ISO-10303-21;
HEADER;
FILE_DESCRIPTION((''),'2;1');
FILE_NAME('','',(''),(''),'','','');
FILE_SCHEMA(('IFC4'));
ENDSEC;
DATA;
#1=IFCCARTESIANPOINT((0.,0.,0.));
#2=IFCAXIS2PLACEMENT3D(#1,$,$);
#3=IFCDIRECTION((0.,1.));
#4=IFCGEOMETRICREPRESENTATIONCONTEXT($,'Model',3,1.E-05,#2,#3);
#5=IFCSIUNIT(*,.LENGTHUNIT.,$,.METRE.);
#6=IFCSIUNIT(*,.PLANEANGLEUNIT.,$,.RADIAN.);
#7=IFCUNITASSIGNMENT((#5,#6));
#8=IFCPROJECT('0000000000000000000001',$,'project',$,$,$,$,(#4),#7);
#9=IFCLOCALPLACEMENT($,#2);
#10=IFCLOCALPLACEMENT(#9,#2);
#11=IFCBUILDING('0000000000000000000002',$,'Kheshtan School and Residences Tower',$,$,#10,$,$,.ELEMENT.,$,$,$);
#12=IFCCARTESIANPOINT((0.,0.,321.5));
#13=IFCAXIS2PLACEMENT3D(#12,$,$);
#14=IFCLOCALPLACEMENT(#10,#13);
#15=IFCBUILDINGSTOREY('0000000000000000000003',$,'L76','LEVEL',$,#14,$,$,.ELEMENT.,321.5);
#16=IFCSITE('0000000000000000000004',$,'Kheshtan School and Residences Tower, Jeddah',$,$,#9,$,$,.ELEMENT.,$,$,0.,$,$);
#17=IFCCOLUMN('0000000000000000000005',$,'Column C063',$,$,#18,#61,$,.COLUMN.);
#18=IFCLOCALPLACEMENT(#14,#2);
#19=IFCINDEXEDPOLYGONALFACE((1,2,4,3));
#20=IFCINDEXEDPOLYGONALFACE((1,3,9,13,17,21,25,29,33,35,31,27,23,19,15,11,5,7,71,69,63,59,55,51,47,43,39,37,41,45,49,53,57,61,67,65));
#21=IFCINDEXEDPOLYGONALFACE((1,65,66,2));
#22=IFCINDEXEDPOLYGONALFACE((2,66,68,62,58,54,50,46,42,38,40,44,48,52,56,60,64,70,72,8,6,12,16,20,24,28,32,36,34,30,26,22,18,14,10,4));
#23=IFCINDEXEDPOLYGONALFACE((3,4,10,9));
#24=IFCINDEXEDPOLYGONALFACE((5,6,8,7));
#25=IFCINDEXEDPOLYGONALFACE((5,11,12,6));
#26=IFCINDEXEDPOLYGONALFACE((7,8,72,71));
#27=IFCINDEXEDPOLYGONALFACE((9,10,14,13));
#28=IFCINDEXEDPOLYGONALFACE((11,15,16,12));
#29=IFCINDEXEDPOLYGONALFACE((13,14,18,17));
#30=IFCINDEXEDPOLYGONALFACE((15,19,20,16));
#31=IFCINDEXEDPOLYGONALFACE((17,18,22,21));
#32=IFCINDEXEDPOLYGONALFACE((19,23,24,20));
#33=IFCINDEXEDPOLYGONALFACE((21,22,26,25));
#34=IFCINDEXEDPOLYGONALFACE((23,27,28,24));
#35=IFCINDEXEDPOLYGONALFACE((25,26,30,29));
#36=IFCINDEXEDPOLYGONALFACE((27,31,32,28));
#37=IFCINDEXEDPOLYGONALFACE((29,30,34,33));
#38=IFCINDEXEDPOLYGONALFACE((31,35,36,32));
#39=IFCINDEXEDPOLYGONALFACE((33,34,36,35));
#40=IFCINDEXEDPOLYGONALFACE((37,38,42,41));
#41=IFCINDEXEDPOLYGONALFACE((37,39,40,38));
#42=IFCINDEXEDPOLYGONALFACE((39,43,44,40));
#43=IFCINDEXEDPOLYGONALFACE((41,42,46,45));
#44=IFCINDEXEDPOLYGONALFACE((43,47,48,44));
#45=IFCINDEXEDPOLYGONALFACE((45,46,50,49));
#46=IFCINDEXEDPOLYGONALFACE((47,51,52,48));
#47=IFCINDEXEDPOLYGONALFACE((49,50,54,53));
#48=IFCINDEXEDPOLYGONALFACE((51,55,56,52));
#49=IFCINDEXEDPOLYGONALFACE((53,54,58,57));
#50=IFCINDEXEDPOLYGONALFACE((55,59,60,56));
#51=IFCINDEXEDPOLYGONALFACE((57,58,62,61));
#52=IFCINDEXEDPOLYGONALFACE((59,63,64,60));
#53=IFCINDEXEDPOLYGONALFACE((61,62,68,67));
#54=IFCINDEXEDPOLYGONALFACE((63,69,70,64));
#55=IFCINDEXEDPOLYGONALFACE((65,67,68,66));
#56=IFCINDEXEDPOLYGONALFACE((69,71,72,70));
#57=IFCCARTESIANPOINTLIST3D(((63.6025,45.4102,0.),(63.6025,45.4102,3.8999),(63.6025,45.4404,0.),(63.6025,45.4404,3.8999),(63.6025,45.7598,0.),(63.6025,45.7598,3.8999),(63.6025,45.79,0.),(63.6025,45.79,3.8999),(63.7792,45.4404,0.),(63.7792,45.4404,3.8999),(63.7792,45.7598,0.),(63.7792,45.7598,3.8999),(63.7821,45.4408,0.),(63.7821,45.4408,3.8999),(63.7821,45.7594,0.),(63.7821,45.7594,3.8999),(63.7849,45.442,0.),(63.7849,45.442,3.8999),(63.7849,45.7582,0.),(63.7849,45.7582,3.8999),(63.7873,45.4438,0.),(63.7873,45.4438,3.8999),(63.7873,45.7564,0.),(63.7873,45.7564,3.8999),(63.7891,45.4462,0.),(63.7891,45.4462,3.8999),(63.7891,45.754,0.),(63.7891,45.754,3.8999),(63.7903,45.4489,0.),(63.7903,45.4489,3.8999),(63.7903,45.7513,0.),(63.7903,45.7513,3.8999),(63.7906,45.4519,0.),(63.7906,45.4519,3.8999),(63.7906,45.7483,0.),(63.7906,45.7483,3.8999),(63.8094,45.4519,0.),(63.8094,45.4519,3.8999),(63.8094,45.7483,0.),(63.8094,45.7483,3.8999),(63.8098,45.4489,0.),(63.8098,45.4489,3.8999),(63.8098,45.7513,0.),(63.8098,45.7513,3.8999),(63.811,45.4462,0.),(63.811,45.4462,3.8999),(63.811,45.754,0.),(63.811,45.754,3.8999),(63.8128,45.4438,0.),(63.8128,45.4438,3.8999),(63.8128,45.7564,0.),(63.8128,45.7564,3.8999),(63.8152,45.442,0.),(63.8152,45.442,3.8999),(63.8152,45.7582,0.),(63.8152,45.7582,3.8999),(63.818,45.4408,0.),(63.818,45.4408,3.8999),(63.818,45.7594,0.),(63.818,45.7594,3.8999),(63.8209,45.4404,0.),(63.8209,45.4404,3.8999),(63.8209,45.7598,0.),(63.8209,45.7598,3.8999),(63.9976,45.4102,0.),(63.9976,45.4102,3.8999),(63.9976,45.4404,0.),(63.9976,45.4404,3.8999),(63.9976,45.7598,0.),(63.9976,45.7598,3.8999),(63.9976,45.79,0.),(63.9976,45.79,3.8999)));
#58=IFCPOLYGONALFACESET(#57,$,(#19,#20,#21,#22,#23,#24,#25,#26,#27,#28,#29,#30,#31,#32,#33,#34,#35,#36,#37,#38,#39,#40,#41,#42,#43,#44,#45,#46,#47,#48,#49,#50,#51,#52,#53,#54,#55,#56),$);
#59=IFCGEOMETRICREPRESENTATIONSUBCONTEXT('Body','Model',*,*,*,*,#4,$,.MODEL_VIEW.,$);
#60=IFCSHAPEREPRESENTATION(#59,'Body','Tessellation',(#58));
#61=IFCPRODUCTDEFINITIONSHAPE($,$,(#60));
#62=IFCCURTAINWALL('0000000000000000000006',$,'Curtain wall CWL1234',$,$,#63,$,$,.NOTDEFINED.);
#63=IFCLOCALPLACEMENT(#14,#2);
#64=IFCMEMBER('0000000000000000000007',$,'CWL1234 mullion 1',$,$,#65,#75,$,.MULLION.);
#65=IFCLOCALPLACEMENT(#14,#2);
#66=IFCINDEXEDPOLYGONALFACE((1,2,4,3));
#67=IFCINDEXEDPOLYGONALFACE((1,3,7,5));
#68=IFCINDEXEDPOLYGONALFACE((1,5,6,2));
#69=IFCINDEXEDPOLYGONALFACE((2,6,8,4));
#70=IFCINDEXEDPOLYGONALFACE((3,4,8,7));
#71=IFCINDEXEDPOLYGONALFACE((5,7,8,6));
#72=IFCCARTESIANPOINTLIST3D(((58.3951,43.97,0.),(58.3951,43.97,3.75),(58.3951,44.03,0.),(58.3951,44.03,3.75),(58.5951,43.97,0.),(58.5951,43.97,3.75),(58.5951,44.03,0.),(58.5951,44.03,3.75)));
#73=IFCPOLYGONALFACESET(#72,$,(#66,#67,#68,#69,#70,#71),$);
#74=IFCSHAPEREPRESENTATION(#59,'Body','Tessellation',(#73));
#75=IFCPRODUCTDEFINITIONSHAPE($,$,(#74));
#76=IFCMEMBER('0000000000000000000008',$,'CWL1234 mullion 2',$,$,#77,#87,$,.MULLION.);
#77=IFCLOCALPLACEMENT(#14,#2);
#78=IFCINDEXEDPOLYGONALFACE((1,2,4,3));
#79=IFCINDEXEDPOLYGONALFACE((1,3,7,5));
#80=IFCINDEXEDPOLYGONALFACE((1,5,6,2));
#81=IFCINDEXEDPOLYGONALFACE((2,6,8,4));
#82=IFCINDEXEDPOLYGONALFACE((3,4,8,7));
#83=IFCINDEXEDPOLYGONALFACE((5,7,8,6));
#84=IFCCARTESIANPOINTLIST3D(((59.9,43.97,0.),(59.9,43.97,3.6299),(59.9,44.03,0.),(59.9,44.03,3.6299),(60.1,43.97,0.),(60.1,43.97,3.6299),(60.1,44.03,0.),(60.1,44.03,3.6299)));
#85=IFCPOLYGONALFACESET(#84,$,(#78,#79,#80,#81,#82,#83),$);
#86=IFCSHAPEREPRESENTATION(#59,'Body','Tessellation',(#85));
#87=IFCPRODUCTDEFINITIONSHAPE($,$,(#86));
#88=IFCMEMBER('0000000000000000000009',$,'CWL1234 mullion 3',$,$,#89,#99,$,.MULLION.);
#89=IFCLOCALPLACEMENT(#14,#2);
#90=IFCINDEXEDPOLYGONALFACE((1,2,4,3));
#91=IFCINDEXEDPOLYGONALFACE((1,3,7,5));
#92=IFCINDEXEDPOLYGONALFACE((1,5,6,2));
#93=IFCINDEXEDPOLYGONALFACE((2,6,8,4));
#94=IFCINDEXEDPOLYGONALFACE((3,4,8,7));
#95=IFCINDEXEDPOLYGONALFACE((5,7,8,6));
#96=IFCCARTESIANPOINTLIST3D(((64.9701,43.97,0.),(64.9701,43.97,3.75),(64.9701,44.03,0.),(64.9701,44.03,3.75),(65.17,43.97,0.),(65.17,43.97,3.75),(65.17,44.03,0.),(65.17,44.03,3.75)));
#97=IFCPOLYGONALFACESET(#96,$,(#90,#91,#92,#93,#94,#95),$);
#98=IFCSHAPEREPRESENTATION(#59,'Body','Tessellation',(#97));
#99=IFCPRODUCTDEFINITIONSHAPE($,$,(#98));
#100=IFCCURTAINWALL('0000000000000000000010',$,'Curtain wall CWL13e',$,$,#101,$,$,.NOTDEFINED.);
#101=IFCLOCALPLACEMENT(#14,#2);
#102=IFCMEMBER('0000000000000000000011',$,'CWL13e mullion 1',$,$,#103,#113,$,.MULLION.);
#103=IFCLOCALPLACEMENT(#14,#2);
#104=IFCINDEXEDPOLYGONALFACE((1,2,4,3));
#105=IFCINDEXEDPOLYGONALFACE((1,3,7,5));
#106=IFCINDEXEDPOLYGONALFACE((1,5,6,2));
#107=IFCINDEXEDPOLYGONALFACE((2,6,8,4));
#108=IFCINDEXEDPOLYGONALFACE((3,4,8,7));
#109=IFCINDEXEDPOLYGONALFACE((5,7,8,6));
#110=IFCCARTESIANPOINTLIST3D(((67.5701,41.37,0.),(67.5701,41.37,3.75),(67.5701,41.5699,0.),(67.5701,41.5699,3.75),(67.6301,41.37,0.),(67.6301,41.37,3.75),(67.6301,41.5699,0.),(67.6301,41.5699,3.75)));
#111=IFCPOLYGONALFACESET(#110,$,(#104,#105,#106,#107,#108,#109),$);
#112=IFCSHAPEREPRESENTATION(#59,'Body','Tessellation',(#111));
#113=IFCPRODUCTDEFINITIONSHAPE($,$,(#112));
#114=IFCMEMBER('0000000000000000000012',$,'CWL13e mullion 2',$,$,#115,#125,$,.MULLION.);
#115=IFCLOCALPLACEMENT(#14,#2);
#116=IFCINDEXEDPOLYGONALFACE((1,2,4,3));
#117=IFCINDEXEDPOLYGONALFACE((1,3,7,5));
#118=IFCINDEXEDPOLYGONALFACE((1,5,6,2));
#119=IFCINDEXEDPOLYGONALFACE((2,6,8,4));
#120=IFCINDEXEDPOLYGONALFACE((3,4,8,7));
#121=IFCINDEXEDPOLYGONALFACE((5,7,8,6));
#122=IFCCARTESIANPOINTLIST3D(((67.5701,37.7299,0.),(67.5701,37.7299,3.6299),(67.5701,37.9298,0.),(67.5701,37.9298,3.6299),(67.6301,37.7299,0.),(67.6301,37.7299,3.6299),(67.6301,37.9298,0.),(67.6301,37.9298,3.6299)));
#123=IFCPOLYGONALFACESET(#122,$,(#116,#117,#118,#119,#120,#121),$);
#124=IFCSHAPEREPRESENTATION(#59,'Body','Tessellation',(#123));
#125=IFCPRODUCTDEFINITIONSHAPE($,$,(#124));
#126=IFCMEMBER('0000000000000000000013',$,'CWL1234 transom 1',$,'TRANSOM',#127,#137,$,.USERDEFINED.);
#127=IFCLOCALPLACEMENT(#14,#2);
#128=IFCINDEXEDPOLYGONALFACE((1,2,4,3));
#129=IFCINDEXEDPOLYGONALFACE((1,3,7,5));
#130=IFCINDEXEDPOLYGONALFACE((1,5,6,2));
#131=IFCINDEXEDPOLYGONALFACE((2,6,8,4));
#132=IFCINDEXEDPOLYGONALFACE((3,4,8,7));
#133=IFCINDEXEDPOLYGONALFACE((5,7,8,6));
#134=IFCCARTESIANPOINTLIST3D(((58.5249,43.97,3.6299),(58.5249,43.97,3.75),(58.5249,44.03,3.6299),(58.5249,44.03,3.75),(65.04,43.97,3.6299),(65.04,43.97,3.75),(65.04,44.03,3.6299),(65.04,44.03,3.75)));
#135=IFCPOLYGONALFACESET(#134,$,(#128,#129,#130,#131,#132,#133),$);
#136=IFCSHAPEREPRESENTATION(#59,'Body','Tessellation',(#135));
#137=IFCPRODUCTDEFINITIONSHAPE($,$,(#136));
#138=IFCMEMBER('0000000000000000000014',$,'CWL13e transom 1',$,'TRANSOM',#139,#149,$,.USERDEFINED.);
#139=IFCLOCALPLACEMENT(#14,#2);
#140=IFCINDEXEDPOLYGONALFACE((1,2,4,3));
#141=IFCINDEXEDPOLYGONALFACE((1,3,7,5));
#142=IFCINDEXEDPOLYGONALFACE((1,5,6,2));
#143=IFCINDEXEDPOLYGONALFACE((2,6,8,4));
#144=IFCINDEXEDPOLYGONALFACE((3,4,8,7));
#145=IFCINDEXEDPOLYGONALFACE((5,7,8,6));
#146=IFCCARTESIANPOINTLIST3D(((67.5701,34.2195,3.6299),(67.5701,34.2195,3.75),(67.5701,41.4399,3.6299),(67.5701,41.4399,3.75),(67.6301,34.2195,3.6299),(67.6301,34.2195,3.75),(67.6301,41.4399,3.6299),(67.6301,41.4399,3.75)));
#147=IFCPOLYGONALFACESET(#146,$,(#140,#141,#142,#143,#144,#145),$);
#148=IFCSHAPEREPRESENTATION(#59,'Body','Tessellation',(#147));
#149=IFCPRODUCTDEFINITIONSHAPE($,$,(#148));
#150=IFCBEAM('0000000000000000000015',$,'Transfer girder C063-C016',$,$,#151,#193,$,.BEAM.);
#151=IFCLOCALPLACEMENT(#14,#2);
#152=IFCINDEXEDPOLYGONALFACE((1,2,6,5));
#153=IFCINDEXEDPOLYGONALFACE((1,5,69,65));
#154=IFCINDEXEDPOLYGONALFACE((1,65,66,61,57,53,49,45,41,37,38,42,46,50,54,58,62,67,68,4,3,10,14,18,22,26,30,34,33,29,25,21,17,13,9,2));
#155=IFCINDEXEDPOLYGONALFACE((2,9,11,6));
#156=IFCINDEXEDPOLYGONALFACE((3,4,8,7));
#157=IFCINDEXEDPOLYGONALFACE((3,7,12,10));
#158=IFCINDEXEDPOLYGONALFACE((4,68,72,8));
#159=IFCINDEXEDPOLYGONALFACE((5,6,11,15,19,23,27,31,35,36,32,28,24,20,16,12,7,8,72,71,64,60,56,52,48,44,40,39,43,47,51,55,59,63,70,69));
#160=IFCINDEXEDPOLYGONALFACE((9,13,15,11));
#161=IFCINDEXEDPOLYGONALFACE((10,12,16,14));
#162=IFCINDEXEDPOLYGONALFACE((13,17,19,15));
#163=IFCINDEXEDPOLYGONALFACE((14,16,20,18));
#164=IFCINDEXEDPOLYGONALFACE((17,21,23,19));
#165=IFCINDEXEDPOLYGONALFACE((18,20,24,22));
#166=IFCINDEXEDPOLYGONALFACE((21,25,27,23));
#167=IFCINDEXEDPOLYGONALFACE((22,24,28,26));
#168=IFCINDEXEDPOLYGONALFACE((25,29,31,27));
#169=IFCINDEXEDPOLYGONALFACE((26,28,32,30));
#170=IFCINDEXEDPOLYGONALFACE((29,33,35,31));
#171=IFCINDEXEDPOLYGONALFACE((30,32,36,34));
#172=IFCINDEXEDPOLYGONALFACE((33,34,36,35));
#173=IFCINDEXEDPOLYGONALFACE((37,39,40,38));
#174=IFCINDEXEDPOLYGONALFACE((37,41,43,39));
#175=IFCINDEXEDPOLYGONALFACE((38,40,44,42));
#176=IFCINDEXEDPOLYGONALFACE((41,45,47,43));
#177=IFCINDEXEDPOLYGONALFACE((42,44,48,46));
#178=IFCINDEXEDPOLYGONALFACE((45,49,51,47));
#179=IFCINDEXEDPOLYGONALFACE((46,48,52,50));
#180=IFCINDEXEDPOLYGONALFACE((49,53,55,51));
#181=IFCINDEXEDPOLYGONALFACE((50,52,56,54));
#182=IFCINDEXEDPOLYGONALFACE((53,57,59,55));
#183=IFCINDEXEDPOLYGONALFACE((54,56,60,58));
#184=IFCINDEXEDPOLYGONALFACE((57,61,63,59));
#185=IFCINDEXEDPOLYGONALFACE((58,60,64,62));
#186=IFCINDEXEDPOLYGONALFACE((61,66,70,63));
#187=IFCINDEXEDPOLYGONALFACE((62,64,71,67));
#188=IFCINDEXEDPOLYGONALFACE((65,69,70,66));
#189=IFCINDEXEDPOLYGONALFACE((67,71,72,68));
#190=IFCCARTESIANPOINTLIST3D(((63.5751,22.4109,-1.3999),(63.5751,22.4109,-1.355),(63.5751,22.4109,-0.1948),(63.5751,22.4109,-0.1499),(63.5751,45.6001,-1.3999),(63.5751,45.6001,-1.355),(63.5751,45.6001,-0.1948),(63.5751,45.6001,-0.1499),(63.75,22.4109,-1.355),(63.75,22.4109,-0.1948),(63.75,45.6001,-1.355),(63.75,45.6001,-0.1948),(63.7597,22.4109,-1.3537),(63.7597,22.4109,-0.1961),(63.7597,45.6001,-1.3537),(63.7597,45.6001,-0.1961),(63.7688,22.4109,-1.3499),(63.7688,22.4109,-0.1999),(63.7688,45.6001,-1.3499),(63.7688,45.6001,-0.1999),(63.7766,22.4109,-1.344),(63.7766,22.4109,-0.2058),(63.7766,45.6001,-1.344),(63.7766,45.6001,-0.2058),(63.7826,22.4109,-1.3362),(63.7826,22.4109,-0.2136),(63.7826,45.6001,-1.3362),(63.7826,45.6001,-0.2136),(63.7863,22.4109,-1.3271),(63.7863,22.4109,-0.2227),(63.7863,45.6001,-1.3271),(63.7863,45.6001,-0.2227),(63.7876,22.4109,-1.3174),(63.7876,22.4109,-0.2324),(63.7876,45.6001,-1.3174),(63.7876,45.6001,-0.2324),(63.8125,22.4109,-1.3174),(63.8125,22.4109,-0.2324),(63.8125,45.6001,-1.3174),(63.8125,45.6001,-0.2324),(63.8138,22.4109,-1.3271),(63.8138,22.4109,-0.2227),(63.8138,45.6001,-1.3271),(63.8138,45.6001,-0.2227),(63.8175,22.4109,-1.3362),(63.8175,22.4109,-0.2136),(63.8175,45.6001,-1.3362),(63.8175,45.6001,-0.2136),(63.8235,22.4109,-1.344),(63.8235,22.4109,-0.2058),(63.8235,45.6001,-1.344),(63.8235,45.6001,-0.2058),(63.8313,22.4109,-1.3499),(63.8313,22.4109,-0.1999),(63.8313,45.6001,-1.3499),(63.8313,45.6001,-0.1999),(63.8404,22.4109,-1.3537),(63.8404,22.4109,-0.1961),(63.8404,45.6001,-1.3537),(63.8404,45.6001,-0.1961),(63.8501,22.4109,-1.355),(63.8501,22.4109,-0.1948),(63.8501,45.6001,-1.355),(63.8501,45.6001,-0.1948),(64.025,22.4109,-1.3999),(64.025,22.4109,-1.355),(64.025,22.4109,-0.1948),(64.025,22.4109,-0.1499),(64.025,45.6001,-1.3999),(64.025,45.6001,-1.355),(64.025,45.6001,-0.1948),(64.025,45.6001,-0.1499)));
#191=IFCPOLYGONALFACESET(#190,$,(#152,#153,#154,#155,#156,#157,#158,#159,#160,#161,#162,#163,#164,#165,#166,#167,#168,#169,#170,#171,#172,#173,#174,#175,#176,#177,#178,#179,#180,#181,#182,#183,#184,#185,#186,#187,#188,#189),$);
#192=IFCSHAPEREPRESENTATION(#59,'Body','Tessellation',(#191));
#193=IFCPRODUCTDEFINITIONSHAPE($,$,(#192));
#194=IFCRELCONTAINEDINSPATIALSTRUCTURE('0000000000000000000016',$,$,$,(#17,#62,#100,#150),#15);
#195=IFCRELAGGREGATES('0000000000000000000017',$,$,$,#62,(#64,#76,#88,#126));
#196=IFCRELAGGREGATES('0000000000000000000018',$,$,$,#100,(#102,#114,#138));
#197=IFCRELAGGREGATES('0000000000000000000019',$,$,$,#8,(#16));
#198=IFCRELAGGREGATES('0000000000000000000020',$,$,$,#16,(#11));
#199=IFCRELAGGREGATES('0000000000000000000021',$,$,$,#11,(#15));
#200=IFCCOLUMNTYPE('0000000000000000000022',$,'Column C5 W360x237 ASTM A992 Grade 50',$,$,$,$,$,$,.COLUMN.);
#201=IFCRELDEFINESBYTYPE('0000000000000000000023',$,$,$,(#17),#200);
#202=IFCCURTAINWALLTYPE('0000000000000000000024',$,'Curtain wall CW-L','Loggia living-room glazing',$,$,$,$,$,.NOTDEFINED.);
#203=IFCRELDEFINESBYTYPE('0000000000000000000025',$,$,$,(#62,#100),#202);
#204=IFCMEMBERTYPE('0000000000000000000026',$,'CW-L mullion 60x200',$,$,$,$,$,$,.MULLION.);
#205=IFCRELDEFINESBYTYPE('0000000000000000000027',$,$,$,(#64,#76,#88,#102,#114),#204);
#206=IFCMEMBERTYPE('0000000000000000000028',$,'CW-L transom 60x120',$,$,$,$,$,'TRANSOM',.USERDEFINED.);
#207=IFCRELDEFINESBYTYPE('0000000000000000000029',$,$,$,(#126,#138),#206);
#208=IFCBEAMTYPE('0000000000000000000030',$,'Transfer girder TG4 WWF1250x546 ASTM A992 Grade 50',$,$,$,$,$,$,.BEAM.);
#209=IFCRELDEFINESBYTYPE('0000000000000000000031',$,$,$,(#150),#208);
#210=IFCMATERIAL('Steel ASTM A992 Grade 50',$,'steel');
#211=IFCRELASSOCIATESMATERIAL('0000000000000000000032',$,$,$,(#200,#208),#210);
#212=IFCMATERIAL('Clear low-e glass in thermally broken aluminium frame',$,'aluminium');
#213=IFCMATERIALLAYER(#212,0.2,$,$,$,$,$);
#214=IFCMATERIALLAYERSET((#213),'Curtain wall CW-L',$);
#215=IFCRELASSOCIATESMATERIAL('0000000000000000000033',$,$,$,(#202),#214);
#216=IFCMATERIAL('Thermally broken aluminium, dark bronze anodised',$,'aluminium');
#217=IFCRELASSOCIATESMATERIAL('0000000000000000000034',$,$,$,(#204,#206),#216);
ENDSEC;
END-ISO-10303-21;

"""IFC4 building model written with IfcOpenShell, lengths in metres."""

from ifc_helpers import new_model, si_unit, direction, frame, origin, origin_2d, place, context, subcontext, project, spatial, rectangle, i_section, extrude, material, layer, layer_set, material_profile, profile_set, type_object, element, aggregate, save


model = new_model("IFC4")

# Units and contexts
model_context = context("Model", 3, precision=1e-05, world=origin(), true_north=direction((0.0, 1.0)))
body_context = subcontext(model_context, "Body", "Model", "MODEL_VIEW")
ifc_project = project(units=[si_unit("LENGTHUNIT", "METRE"), si_unit("PLANEANGLEUNIT", "RADIAN")], contexts=[model_context])

# Site, building, storey
site_placement = place(None, origin())
site = spatial("IfcSite", under=ifc_project, at=site_placement, Name="Kheshtan School and Residences Tower, Jeddah", CompositionType="ELEMENT", RefElevation=0.0)
building_placement = place(site_placement, origin())
building = spatial("IfcBuilding", under=site, at=building_placement, Name="Kheshtan School and Residences Tower", CompositionType="ELEMENT")
storey_placement = place(building_placement, frame((0.0, 0.0, 321.5)))
storey = spatial("IfcBuildingStorey", under=building, at=storey_placement, Name="L76", Description="LEVEL", CompositionType="ELEMENT", Elevation=321.5)

# Column
ifc_material_1 = material(Name="Steel ASTM A992 Grade 50", Category="steel")
ifc_material_profile_1 = material_profile(ifc_material_1, i_section(OverallWidth=0.395, OverallDepth=0.3799, WebThickness=0.0188, FlangeThickness=0.0303, FilletRadius=0.0115, at=origin_2d()), Name="W360x237")
ifc_profile_set_1 = profile_set([ifc_material_profile_1], Name="Steel ASTM A992 Grade 50")
column_type = type_object("IfcColumnType", Name="Column C5 W360x237 ASTM A992 Grade 50", PredefinedType="COLUMN", material=ifc_profile_set_1)
column_placement = place(storey_placement, frame((63.8, 45.6001, 0.0), z_axis=(0.0, 0.0, 1.0), x_axis=(1.0, 0.0, 0.0)))
element("IfcColumn", 1, at=column_placement, inside=storey, type_object=column_type, Name="Column C063", PredefinedType="COLUMN", context=body_context, shape_type="SweptSolid", body=[
    extrude(i_section(OverallWidth=0.395, OverallDepth=0.3799, WebThickness=0.0188, FlangeThickness=0.0303, FilletRadius=0.0115, at=origin_2d()), origin(), (0.0, 0.0, 1.0), 3.8999),
])

# Curtain walls, members
ifc_material_2 = material(Name="Clear low-e glass in thermally broken aluminium frame", Category="aluminium")
ifc_layer_1 = layer(ifc_material_2, 0.2)
ifc_layer_set_1 = layer_set([ifc_layer_1], Name="Curtain wall CW-L")
curtain_wall_type = type_object("IfcCurtainWallType", Name="Curtain wall CW-L", Description="Loggia living-room glazing", PredefinedType="NOTDEFINED", material=ifc_layer_set_1)
curtain_wall_1_placement = place(storey_placement, origin())
curtain_wall_1 = element("IfcCurtainWall", 2, at=curtain_wall_1_placement, inside=storey, type_object=curtain_wall_type, Name="Curtain wall CWL1234", PredefinedType="NOTDEFINED")
ifc_material_3 = material(Name="Thermally broken aluminium, dark bronze anodised", Category="aluminium")
ifc_material_profile_2 = material_profile(ifc_material_3, rectangle(XDim=0.0601, YDim=0.2, at=origin_2d()), Name="CW-L mullion 60x200")
ifc_profile_set_2 = profile_set([ifc_material_profile_2], Name="Thermally broken aluminium, dark bronze anodised")
member_type_1 = type_object("IfcMemberType", Name="CW-L mullion 60x200", PredefinedType="MULLION", material=ifc_profile_set_2)
member_1_placement = place(storey_placement, frame((58.4951, 44.0, 0.0), z_axis=(0.0, 0.0, 1.0), x_axis=(0.0, 1.0, 0.0)))
member_1 = element("IfcMember", 3, at=member_1_placement, type_object=member_type_1, Name="CWL1234 mullion 1", PredefinedType="MULLION", context=body_context, shape_type="SweptSolid", body=[
    extrude(rectangle(XDim=0.0601, YDim=0.2, at=origin_2d()), origin(), (0.0, 0.0, 1.0), 3.75),
])
member_2_placement = place(storey_placement, frame((60.0, 44.0, 0.0), z_axis=(0.0, 0.0, 1.0), x_axis=(0.0, 1.0, 0.0)))
member_2 = element("IfcMember", 4, at=member_2_placement, type_object=member_type_1, Name="CWL1234 mullion 2", PredefinedType="MULLION", context=body_context, shape_type="SweptSolid", body=[
    extrude(rectangle(XDim=0.0601, YDim=0.2, at=origin_2d()), origin(), (0.0, 0.0, 1.0), 3.6299),
])
member_3_placement = place(storey_placement, frame((65.0701, 44.0, 0.0), z_axis=(0.0, 0.0, 1.0), x_axis=(0.0, 1.0, 0.0)))
member_3 = element("IfcMember", 5, at=member_3_placement, type_object=member_type_1, Name="CWL1234 mullion 3", PredefinedType="MULLION", context=body_context, shape_type="SweptSolid", body=[
    extrude(rectangle(XDim=0.0601, YDim=0.2, at=origin_2d()), origin(), (0.0, 0.0, 1.0), 3.75),
])
curtain_wall_2_placement = place(storey_placement, origin())
curtain_wall_2 = element("IfcCurtainWall", 6, at=curtain_wall_2_placement, inside=storey, type_object=curtain_wall_type, Name="Curtain wall CWL13e", PredefinedType="NOTDEFINED")
member_4_placement = place(storey_placement, frame((67.6001, 41.47, 0.0), z_axis=(0.0, 0.0, 1.0), x_axis=(1.0, 0.0, 0.0)))
member_4 = element("IfcMember", 7, at=member_4_placement, type_object=member_type_1, Name="CWL13e mullion 1", PredefinedType="MULLION", context=body_context, shape_type="SweptSolid", body=[
    extrude(rectangle(XDim=0.0601, YDim=0.2, at=origin_2d()), origin(), (0.0, 0.0, 1.0), 3.75),
])
member_5_placement = place(storey_placement, frame((67.6001, 37.8298, 0.0), z_axis=(0.0, 0.0, 1.0), x_axis=(1.0, 0.0, 0.0)))
member_5 = element("IfcMember", 8, at=member_5_placement, type_object=member_type_1, Name="CWL13e mullion 2", PredefinedType="MULLION", context=body_context, shape_type="SweptSolid", body=[
    extrude(rectangle(XDim=0.0601, YDim=0.2, at=origin_2d()), origin(), (0.0, 0.0, 1.0), 3.6299),
])

# Members
ifc_material_profile_3 = material_profile(ifc_material_3, rectangle(XDim=0.0601, YDim=0.1201, at=origin_2d()), Name="CW-L transom 60x120")
ifc_profile_set_3 = profile_set([ifc_material_profile_3], Name="Thermally broken aluminium, dark bronze anodised")
member_type_2 = type_object("IfcMemberType", Name="CW-L transom 60x120", ElementType="TRANSOM", PredefinedType="USERDEFINED", material=ifc_profile_set_3)
member_6_placement = place(storey_placement, frame((58.5249, 44.0, 3.6899), z_axis=(1.0, 0.0, 0.0), x_axis=(0.0, 1.0, 0.0)))
member_6 = element("IfcMember", 9, at=member_6_placement, type_object=member_type_2, Name="CWL1234 transom 1", ObjectType="TRANSOM", PredefinedType="USERDEFINED", context=body_context, shape_type="SweptSolid", body=[
    extrude(rectangle(XDim=0.0601, YDim=0.1201, at=origin_2d()), origin(), (0.0, 0.0, 1.0), 6.5151),
])
member_7_placement = place(storey_placement, frame((67.6001, 41.4399, 3.6899), z_axis=(0.0, -1.0, 0.0), x_axis=(1.0, 0.0, 0.0)))
member_7 = element("IfcMember", 10, at=member_7_placement, type_object=member_type_2, Name="CWL13e transom 1", ObjectType="TRANSOM", PredefinedType="USERDEFINED", context=body_context, shape_type="SweptSolid", body=[
    extrude(rectangle(XDim=0.0601, YDim=0.1201, at=origin_2d()), origin(), (0.0, 0.0, 1.0), 7.2205),
])

# Beam
ifc_material_profile_4 = material_profile(ifc_material_1, i_section(OverallWidth=0.45, OverallDepth=1.25, WebThickness=0.0249, FlangeThickness=0.0449, FilletRadius=0.0376, at=origin_2d()), Name="WWF1250x546")
ifc_profile_set_4 = profile_set([ifc_material_profile_4], Name="Steel ASTM A992 Grade 50")
beam_type = type_object("IfcBeamType", Name="Transfer girder TG4 WWF1250x546 ASTM A992 Grade 50", PredefinedType="BEAM", material=ifc_profile_set_4)
beam_placement = place(storey_placement, frame((63.8, 45.6001, -0.7749), z_axis=(0.0, -1.0, 0.0), x_axis=(1.0, 0.0, 0.0)))
element("IfcBeam", 11, at=beam_placement, inside=storey, type_object=beam_type, Name="Transfer girder C063-C016", PredefinedType="BEAM", context=body_context, shape_type="SweptSolid", body=[
    extrude(i_section(OverallWidth=0.45, OverallDepth=1.25, WebThickness=0.0249, FlangeThickness=0.0449, FilletRadius=0.0376, at=origin_2d()), origin(), (0.0, 0.0, 1.0), 23.1892),
])

aggregate(curtain_wall_1, [member_1, member_2, member_3, member_6])
aggregate(curtain_wall_2, [member_4, member_5, member_7])

save(model, "model.ifc")
